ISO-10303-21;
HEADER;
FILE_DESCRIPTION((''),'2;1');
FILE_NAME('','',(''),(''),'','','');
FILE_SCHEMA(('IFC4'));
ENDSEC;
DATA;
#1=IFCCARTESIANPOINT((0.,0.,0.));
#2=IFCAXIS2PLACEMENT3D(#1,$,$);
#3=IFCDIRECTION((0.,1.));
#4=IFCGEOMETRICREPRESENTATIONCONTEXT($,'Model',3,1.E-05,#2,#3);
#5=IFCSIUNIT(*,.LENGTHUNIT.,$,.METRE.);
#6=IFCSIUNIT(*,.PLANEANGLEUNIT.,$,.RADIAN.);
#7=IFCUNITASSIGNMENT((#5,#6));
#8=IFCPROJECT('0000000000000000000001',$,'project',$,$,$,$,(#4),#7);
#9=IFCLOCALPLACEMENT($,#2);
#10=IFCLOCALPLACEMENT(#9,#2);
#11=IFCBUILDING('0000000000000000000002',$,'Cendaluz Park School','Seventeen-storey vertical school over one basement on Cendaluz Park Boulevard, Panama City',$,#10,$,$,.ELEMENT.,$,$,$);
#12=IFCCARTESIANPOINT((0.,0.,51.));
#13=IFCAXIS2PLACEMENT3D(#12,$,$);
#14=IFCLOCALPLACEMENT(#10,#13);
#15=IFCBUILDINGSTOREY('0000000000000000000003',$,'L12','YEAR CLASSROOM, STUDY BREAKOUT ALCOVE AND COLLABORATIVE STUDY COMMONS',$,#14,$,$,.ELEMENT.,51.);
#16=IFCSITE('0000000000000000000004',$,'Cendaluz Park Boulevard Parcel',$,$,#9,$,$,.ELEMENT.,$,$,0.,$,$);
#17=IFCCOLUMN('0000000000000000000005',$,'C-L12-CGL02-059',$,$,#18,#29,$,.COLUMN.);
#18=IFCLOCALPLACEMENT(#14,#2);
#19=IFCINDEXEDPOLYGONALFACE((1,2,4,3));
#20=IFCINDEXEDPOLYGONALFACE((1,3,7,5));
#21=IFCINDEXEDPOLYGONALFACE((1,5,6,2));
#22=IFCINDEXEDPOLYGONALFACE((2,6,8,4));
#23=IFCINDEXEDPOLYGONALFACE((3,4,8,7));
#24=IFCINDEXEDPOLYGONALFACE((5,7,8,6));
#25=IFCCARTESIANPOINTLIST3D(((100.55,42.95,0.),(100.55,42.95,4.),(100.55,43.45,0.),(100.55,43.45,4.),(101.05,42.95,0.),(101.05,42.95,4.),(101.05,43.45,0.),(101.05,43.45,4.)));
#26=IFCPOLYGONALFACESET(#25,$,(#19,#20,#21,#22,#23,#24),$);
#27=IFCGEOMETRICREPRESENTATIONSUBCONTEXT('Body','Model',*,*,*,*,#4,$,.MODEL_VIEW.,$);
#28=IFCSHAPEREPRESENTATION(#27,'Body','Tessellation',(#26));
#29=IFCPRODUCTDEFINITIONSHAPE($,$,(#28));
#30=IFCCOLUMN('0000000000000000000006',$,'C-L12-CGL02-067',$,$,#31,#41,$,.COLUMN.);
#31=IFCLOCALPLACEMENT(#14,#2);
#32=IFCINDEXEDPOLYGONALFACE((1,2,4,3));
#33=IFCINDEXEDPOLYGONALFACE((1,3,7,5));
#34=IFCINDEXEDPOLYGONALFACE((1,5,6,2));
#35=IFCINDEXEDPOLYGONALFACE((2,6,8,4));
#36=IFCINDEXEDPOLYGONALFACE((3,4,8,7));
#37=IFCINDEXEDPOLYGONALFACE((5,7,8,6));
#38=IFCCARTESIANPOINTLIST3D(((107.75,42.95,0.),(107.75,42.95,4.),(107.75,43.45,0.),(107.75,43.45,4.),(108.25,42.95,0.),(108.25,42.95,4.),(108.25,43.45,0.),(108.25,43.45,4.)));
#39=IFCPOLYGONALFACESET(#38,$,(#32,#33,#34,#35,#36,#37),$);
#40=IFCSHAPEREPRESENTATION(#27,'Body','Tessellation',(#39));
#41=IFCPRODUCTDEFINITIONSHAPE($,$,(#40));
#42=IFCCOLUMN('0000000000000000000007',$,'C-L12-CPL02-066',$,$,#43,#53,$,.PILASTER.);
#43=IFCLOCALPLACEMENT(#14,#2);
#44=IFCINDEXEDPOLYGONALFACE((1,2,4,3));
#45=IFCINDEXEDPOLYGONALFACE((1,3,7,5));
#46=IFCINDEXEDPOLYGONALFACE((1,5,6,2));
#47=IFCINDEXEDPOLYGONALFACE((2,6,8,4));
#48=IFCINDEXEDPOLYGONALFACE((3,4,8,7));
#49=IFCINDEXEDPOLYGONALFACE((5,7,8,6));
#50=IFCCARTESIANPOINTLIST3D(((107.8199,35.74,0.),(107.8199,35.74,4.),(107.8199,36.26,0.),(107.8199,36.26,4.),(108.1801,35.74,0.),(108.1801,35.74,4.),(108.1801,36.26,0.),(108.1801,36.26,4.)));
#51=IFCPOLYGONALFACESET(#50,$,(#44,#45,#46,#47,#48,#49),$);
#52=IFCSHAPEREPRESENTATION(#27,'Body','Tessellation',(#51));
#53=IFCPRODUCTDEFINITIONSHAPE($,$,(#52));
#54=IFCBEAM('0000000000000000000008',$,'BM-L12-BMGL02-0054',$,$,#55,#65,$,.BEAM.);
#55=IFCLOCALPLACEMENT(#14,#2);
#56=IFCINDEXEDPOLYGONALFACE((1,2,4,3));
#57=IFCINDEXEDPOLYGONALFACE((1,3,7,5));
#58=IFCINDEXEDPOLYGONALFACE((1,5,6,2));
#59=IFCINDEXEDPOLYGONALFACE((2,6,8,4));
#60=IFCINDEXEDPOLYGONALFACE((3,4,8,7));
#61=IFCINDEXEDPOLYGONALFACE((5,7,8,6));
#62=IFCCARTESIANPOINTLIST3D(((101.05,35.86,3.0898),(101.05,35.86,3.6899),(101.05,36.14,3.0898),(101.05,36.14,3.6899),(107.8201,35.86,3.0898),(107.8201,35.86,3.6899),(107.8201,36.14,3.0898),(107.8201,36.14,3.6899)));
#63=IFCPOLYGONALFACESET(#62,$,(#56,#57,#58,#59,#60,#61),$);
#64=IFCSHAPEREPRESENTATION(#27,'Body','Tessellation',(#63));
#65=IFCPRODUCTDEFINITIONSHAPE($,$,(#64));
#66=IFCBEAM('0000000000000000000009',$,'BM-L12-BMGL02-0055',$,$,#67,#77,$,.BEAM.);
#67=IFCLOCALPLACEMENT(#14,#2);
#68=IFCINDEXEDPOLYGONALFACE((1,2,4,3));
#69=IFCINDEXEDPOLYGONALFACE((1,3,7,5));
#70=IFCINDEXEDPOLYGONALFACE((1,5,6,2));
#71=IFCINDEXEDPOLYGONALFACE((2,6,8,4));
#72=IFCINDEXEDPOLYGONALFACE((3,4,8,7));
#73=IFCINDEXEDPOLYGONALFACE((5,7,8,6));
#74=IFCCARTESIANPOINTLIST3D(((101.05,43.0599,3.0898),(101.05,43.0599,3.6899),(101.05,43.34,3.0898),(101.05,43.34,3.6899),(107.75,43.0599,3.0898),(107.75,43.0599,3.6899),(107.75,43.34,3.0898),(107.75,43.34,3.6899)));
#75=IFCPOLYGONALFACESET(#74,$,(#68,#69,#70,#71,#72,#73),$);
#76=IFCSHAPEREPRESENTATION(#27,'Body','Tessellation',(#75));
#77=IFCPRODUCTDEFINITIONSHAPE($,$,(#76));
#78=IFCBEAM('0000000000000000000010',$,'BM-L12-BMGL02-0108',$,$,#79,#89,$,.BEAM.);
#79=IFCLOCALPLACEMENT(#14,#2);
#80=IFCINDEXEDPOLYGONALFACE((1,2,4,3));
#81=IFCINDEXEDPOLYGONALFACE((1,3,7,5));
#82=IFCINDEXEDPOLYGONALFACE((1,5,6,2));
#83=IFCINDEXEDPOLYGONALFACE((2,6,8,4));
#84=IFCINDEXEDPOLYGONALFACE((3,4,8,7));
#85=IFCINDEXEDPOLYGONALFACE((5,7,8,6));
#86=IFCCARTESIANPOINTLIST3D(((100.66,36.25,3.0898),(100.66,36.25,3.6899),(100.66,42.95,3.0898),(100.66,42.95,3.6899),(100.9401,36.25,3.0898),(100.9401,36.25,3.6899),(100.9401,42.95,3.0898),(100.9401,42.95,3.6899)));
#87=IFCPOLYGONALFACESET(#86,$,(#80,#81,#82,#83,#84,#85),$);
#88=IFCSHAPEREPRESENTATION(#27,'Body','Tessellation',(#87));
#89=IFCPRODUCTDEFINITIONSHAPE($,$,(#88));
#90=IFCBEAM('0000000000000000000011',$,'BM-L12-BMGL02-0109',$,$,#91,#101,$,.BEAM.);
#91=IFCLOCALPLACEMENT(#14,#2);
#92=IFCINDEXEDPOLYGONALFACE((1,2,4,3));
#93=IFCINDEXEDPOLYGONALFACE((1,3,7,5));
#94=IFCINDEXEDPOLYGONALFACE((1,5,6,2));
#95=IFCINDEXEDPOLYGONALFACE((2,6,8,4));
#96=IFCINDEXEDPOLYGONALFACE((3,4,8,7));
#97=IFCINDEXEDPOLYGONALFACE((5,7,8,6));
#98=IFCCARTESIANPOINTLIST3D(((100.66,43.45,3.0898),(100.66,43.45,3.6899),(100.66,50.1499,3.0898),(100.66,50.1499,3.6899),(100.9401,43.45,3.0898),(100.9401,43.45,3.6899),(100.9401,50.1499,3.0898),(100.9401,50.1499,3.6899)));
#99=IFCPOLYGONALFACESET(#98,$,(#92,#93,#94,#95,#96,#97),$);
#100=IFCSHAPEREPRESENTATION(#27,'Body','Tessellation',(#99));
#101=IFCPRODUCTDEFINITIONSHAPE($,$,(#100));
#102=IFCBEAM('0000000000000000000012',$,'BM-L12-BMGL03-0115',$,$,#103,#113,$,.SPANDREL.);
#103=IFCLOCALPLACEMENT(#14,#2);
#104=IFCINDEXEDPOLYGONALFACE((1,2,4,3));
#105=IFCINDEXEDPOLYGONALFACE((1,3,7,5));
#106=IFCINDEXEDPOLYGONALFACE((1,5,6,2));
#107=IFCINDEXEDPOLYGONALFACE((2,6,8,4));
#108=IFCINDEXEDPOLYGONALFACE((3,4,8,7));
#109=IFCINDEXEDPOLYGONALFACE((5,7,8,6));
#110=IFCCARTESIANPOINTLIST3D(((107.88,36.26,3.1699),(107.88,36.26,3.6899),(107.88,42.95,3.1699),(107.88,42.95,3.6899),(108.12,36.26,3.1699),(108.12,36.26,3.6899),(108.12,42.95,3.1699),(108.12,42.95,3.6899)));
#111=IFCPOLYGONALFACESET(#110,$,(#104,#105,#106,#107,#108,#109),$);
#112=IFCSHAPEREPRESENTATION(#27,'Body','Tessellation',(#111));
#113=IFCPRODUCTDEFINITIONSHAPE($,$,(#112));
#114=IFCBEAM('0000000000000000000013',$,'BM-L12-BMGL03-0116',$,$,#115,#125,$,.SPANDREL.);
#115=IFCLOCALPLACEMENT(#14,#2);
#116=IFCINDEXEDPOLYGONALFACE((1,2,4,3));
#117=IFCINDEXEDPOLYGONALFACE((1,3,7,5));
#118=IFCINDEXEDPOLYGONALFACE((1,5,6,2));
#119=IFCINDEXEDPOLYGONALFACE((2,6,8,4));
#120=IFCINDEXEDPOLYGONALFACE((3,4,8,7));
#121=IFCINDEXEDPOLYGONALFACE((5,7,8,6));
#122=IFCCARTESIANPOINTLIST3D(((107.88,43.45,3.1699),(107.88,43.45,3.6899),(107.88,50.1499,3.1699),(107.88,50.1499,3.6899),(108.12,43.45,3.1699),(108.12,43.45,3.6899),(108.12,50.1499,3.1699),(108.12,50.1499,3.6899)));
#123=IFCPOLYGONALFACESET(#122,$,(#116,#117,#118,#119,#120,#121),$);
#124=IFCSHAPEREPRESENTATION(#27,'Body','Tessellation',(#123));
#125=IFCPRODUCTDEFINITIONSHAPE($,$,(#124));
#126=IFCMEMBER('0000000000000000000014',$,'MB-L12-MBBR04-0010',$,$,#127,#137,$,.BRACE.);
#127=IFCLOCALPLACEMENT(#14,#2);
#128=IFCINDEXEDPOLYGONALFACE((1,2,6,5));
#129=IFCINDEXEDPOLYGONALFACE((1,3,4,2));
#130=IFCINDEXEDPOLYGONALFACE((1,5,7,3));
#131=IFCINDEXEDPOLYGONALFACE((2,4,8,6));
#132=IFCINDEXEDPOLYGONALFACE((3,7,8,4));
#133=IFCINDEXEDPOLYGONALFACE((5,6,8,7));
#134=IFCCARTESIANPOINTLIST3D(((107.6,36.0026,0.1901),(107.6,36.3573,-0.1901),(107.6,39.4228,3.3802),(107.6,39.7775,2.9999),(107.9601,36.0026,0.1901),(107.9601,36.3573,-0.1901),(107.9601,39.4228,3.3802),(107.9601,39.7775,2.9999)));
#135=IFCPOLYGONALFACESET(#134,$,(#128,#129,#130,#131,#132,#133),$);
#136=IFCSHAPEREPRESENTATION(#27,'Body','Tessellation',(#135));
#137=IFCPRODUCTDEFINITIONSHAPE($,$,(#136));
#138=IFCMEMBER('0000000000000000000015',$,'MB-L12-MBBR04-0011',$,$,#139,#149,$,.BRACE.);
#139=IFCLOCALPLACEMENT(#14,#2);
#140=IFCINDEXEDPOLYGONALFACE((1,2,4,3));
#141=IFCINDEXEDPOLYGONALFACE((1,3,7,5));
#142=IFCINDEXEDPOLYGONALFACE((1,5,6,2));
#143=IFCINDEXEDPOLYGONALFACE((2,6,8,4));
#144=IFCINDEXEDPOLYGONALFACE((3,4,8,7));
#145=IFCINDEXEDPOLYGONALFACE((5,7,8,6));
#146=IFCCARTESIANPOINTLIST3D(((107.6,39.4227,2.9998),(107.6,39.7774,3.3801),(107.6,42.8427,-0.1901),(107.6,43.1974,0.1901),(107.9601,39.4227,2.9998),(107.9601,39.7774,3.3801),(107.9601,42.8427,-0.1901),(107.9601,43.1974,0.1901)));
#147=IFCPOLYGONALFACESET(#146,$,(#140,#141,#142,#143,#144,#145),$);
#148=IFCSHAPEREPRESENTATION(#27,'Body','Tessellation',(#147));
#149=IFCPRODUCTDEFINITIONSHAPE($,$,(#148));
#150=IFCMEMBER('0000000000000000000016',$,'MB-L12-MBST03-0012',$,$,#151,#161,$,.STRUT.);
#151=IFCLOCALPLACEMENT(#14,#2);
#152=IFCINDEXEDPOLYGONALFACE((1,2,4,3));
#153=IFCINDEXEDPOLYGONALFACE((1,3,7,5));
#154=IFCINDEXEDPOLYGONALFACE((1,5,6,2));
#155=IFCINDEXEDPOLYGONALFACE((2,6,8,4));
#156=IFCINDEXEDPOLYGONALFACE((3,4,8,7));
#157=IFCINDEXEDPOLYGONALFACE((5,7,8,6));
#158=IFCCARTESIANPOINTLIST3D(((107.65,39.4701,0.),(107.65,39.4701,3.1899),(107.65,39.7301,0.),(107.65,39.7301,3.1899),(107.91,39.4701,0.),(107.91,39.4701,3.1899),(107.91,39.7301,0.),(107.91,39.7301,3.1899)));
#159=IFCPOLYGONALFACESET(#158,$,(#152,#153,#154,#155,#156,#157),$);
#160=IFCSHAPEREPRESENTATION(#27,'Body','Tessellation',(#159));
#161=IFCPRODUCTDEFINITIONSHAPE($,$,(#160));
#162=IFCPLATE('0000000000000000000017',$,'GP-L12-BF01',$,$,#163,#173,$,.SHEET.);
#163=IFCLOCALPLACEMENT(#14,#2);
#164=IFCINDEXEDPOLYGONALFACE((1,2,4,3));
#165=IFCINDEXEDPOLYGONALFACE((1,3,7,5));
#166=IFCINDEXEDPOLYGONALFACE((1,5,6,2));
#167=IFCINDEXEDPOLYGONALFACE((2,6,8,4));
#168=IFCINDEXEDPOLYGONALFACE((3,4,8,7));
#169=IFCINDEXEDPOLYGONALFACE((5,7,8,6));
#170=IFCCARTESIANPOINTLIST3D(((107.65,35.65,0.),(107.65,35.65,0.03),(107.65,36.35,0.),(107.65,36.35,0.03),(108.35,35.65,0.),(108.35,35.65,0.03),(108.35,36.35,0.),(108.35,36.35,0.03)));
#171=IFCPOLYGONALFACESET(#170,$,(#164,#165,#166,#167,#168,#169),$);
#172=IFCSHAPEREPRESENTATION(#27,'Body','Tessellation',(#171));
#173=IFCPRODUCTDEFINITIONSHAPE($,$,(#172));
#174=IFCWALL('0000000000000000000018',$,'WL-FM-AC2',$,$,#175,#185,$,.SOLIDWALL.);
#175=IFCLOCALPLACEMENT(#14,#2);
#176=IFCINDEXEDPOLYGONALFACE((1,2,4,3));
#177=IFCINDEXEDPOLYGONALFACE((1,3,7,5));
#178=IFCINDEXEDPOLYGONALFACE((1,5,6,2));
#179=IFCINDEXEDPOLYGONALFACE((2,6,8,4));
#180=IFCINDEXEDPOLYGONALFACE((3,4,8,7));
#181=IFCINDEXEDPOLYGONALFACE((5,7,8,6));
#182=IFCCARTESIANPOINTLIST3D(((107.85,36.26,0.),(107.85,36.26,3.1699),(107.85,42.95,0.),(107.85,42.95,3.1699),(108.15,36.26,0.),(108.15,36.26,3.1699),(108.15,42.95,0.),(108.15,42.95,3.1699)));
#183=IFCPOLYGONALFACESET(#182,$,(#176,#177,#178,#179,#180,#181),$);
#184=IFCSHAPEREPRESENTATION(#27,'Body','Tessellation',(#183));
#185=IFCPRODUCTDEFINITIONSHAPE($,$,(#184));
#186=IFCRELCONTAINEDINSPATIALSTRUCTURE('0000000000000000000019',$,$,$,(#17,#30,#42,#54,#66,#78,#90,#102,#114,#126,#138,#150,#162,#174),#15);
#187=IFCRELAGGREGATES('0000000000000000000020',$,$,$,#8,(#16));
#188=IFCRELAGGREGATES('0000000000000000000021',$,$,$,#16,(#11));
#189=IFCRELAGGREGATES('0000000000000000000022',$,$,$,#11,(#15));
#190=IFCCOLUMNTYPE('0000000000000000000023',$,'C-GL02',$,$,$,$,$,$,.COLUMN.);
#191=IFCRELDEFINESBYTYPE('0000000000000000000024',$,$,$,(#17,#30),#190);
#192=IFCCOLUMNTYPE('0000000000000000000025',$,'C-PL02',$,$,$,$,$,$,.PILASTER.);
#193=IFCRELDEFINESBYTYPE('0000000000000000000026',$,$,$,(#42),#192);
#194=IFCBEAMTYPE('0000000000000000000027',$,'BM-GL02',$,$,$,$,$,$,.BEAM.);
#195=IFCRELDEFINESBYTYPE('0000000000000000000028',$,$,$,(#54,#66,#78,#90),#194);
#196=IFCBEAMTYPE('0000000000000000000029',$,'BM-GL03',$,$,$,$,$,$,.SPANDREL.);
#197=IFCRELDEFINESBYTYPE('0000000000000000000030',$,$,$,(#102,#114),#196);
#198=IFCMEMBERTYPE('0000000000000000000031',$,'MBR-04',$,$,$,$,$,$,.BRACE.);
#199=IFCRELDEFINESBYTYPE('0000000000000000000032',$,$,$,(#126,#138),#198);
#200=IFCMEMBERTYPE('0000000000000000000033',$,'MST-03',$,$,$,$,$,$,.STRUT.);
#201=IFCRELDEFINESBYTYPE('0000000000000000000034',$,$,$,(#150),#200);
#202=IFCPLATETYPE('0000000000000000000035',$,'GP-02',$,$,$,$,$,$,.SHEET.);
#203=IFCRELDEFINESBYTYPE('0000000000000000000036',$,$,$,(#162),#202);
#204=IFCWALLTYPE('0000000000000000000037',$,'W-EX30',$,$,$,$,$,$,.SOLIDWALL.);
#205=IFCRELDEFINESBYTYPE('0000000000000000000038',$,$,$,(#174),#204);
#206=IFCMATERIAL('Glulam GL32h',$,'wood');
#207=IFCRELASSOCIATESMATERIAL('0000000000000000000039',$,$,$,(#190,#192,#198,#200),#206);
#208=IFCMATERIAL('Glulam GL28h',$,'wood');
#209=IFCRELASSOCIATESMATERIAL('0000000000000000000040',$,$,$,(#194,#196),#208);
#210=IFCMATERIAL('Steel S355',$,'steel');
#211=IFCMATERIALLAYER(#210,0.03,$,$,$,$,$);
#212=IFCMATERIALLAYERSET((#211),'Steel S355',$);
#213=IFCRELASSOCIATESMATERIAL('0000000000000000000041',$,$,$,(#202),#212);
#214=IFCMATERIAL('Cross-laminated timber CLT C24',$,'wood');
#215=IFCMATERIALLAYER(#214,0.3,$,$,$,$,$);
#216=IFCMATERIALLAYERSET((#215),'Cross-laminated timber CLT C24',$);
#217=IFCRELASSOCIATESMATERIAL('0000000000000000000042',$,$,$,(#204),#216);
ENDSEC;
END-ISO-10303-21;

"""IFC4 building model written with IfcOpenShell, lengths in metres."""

from ifc_helpers import new_model, si_unit, direction, frame, frame_2d, origin, origin_2d, place, context, subcontext, project, spatial, rectangle, extrude, material, layer, layer_set, material_profile, profile_set, type_object, element, save


model = new_model("IFC4")

# Units and contexts
model_context = context("Model", 3, precision=1e-05, world=origin(), true_north=direction((0.0, 1.0)))
body_context = subcontext(model_context, "Body", "Model", "MODEL_VIEW")
ifc_project = project(units=[si_unit("LENGTHUNIT", "METRE"), si_unit("PLANEANGLEUNIT", "RADIAN")], contexts=[model_context])

# Site, building, storey
site_placement = place(None, origin())
site = spatial("IfcSite", under=ifc_project, at=site_placement, Name="Cendaluz Park Boulevard Parcel", CompositionType="ELEMENT", RefElevation=0.0)
building_placement = place(site_placement, origin())
building = spatial("IfcBuilding", under=site, at=building_placement, Name="Cendaluz Park School", Description="Seventeen-storey vertical school over one basement on Cendaluz Park Boulevard, Panama City", CompositionType="ELEMENT")
storey_placement = place(building_placement, frame((0.0, 0.0, 51.0)))
storey = spatial("IfcBuildingStorey", under=building, at=storey_placement, Name="L12", Description="YEAR CLASSROOM, STUDY BREAKOUT ALCOVE AND COLLABORATIVE STUDY COMMONS", CompositionType="ELEMENT", Elevation=51.0)

# Columns
ifc_material_1 = material(Name="Glulam GL32h", Category="wood")
ifc_material_profile_1 = material_profile(ifc_material_1, rectangle(XDim=0.5, YDim=0.5, at=origin_2d()), Name="GL32h 500x500", Category="wood")
ifc_profile_set_1 = profile_set([ifc_material_profile_1], Name="Glulam GL32h")
column_type_1 = type_object("IfcColumnType", Name="C-GL02", PredefinedType="COLUMN", material=ifc_profile_set_1)
for number, where, z_axis, x_axis, name in (
    (1, (100.8, 43.2, 0.0), (0.0, 0.0, 1.0), (1.0, 0.0, 0.0), "C-L12-CGL02-059"),
    (2, (108.0, 43.2, 0.0), (0.0, 0.0, 1.0), (1.0, 0.0, 0.0), "C-L12-CGL02-067"),
):
    element("IfcColumn", number, at=place(storey_placement, frame(where, z_axis=z_axis, x_axis=x_axis)), inside=storey, type_object=column_type_1, Name=name, PredefinedType="COLUMN", context=body_context, shape_type="SweptSolid", body=[
        extrude(rectangle(XDim=0.5, YDim=0.5, at=origin_2d()), origin(), (0.0, 0.0, 1.0), 4.0),
    ])
ifc_material_profile_2 = material_profile(ifc_material_1, rectangle(XDim=0.3601, YDim=0.52, at=origin_2d()), Name="GL32h 360x520", Category="wood")
ifc_profile_set_2 = profile_set([ifc_material_profile_2], Name="Glulam GL32h")
column_type_2 = type_object("IfcColumnType", Name="C-PL02", PredefinedType="PILASTER", material=ifc_profile_set_2)
column_placement = place(storey_placement, frame((108.0, 36.0, 0.0), z_axis=(0.0, 0.0, 1.0), x_axis=(1.0, 0.0, 0.0)))
element("IfcColumn", 3, at=column_placement, inside=storey, type_object=column_type_2, Name="C-L12-CPL02-066", PredefinedType="PILASTER", context=body_context, shape_type="SweptSolid", body=[
    extrude(rectangle(XDim=0.3601, YDim=0.52, at=origin_2d()), origin(), (0.0, 0.0, 1.0), 4.0),
])

# Beams
ifc_material_2 = material(Name="Glulam GL28h", Category="wood")
ifc_material_profile_3 = material_profile(ifc_material_2, rectangle(XDim=0.28, YDim=0.6001, at=origin_2d()), Name="GL28h 280x600", Category="wood")
ifc_profile_set_3 = profile_set([ifc_material_profile_3], Name="Glulam GL28h")
beam_type_1 = type_object("IfcBeamType", Name="BM-GL02", PredefinedType="BEAM", material=ifc_profile_set_3)
beam_1_placement = place(storey_placement, frame((101.05, 36.0, 3.3899), z_axis=(1.0, 0.0, 0.0), x_axis=(0.0, 1.0, 0.0)))
element("IfcBeam", 4, at=beam_1_placement, inside=storey, type_object=beam_type_1, Name="BM-L12-BMGL02-0054", PredefinedType="BEAM", context=body_context, shape_type="SweptSolid", body=[
    extrude(rectangle(XDim=0.28, YDim=0.6001, at=origin_2d()), origin(), (0.0, 0.0, 1.0), 6.77),
])
for number, where, z_axis, x_axis, name in (
    (5, (101.05, 43.2, 3.3899), (1.0, 0.0, 0.0), (0.0, 1.0, 0.0), "BM-L12-BMGL02-0055"),
    (6, (100.8, 36.25, 3.3899), (0.0, 1.0, 0.0), (-1.0, 0.0, 0.0), "BM-L12-BMGL02-0108"),
    (7, (100.8, 43.45, 3.3899), (0.0, 1.0, 0.0), (-1.0, 0.0, 0.0), "BM-L12-BMGL02-0109"),
):
    element("IfcBeam", number, at=place(storey_placement, frame(where, z_axis=z_axis, x_axis=x_axis)), inside=storey, type_object=beam_type_1, Name=name, PredefinedType="BEAM", context=body_context, shape_type="SweptSolid", body=[
        extrude(rectangle(XDim=0.28, YDim=0.6001, at=origin_2d()), origin(), (0.0, 0.0, 1.0), 6.7),
    ])
ifc_material_profile_4 = material_profile(ifc_material_2, rectangle(XDim=0.24, YDim=0.52, at=origin_2d()), Name="GL28h 240x520", Category="wood")
ifc_profile_set_4 = profile_set([ifc_material_profile_4], Name="Glulam GL28h")
beam_type_2 = type_object("IfcBeamType", Name="BM-GL03", PredefinedType="SPANDREL", material=ifc_profile_set_4)
beam_2_placement = place(storey_placement, frame((108.0, 36.26, 3.4299), z_axis=(0.0, 1.0, 0.0), x_axis=(-1.0, 0.0, 0.0)))
element("IfcBeam", 8, at=beam_2_placement, inside=storey, type_object=beam_type_2, Name="BM-L12-BMGL03-0115", PredefinedType="SPANDREL", context=body_context, shape_type="SweptSolid", body=[
    extrude(rectangle(XDim=0.24, YDim=0.52, at=origin_2d()), origin(), (0.0, 0.0, 1.0), 6.6899),
])
beam_3_placement = place(storey_placement, frame((108.0, 43.45, 3.4299), z_axis=(0.0, 1.0, 0.0), x_axis=(-1.0, 0.0, 0.0)))
element("IfcBeam", 9, at=beam_3_placement, inside=storey, type_object=beam_type_2, Name="BM-L12-BMGL03-0116", PredefinedType="SPANDREL", context=body_context, shape_type="SweptSolid", body=[
    extrude(rectangle(XDim=0.24, YDim=0.52, at=origin_2d()), origin(), (0.0, 0.0, 1.0), 6.7),
])

# Members
ifc_material_profile_5 = material_profile(ifc_material_1, rectangle(XDim=0.3601, YDim=0.52, at=origin_2d()), Name="GL32h 360x520", Category="wood")
ifc_profile_set_5 = profile_set([ifc_material_profile_5], Name="Glulam GL32h")
member_type_1 = type_object("IfcMemberType", Name="MBR-04", PredefinedType="BRACE", material=ifc_profile_set_5)
member_1_placement = place(storey_placement, frame((107.78, 36.1799, 0.0), z_axis=(0.0, 0.731291, 0.682065), x_axis=(-1.0, 0.0, 0.0)))
element("IfcMember", 10, at=member_1_placement, inside=storey, type_object=member_type_1, Name="MB-L12-MBBR04-0010", PredefinedType="BRACE", context=body_context, shape_type="SweptSolid", body=[
    extrude(rectangle(XDim=0.3601, YDim=0.52, at=origin_2d()), origin(), (0.0, 0.0, 1.0), 4.677),
])
member_2_placement = place(storey_placement, frame((107.78, 43.02, 0.0), z_axis=(0.0, -0.731267, 0.682091), x_axis=(1.0, 0.0, 0.0)))
element("IfcMember", 11, at=member_2_placement, inside=storey, type_object=member_type_1, Name="MB-L12-MBBR04-0011", PredefinedType="BRACE", context=body_context, shape_type="SweptSolid", body=[
    extrude(rectangle(XDim=0.3601, YDim=0.52, at=origin_2d()), origin(), (0.0, 0.0, 1.0), 4.6768),
])
ifc_material_profile_6 = material_profile(ifc_material_1, rectangle(XDim=0.26, YDim=0.26, at=origin_2d()), Name="GL32h 260x260", Category="wood")
ifc_profile_set_6 = profile_set([ifc_material_profile_6], Name="Glulam GL32h")
member_type_2 = type_object("IfcMemberType", Name="MST-03", PredefinedType="STRUT", material=ifc_profile_set_6)
member_3_placement = place(storey_placement, frame((107.78, 39.6001, 0.0), z_axis=(0.0, 0.0, 1.0), x_axis=(1.0, 0.0, 0.0)))
element("IfcMember", 12, at=member_3_placement, inside=storey, type_object=member_type_2, Name="MB-L12-MBST03-0012", PredefinedType="STRUT", context=body_context, shape_type="SweptSolid", body=[
    extrude(rectangle(XDim=0.26, YDim=0.26, at=origin_2d()), origin(), (0.0, 0.0, 1.0), 3.1899),
])

# Plate
ifc_material_3 = material(Name="Steel S355", Category="steel")
ifc_layer_1 = layer(ifc_material_3, 0.03)
ifc_layer_set_1 = layer_set([ifc_layer_1], Name="Steel S355")
plate_type = type_object("IfcPlateType", Name="GP-02", PredefinedType="SHEET", material=ifc_layer_set_1)
plate_placement = place(storey_placement, frame((108.0, 36.0, 0.0), z_axis=(0.0, 0.0, 1.0), x_axis=(1.0, 0.0, 0.0)))
element("IfcPlate", 13, at=plate_placement, inside=storey, type_object=plate_type, Name="GP-L12-BF01", PredefinedType="SHEET", context=body_context, shape_type="SweptSolid", body=[
    extrude(rectangle(XDim=0.7, YDim=0.7, at=origin_2d()), origin(), (0.0, 0.0, 1.0), 0.03),
])

# Wall
ifc_material_4 = material(Name="Cross-laminated timber CLT C24", Category="wood")
ifc_layer_2 = layer(ifc_material_4, 0.3)
ifc_layer_set_2 = layer_set([ifc_layer_2], Name="Cross-laminated timber CLT C24")
wall_type_1 = type_object("IfcWallType", Name="W-EX30", PredefinedType="SOLIDWALL", material=ifc_layer_set_2)
wall_1_placement = place(storey_placement, frame((108.0, 36.26, 0.0), z_axis=(0.0, 0.0, 1.0), x_axis=(0.0, 1.0, 0.0)))
element("IfcWall", 14, at=wall_1_placement, inside=storey, type_object=wall_type_1, Name="WL-FM-AC2", PredefinedType="SOLIDWALL", context=body_context, shape_type="SweptSolid", body=[
    extrude(rectangle(XDim=6.6899, YDim=0.3, at=frame_2d((3.345, 0.0))), origin(), (0.0, 0.0, 1.0), 3.1699),
])

save(model, "model.ifc")
